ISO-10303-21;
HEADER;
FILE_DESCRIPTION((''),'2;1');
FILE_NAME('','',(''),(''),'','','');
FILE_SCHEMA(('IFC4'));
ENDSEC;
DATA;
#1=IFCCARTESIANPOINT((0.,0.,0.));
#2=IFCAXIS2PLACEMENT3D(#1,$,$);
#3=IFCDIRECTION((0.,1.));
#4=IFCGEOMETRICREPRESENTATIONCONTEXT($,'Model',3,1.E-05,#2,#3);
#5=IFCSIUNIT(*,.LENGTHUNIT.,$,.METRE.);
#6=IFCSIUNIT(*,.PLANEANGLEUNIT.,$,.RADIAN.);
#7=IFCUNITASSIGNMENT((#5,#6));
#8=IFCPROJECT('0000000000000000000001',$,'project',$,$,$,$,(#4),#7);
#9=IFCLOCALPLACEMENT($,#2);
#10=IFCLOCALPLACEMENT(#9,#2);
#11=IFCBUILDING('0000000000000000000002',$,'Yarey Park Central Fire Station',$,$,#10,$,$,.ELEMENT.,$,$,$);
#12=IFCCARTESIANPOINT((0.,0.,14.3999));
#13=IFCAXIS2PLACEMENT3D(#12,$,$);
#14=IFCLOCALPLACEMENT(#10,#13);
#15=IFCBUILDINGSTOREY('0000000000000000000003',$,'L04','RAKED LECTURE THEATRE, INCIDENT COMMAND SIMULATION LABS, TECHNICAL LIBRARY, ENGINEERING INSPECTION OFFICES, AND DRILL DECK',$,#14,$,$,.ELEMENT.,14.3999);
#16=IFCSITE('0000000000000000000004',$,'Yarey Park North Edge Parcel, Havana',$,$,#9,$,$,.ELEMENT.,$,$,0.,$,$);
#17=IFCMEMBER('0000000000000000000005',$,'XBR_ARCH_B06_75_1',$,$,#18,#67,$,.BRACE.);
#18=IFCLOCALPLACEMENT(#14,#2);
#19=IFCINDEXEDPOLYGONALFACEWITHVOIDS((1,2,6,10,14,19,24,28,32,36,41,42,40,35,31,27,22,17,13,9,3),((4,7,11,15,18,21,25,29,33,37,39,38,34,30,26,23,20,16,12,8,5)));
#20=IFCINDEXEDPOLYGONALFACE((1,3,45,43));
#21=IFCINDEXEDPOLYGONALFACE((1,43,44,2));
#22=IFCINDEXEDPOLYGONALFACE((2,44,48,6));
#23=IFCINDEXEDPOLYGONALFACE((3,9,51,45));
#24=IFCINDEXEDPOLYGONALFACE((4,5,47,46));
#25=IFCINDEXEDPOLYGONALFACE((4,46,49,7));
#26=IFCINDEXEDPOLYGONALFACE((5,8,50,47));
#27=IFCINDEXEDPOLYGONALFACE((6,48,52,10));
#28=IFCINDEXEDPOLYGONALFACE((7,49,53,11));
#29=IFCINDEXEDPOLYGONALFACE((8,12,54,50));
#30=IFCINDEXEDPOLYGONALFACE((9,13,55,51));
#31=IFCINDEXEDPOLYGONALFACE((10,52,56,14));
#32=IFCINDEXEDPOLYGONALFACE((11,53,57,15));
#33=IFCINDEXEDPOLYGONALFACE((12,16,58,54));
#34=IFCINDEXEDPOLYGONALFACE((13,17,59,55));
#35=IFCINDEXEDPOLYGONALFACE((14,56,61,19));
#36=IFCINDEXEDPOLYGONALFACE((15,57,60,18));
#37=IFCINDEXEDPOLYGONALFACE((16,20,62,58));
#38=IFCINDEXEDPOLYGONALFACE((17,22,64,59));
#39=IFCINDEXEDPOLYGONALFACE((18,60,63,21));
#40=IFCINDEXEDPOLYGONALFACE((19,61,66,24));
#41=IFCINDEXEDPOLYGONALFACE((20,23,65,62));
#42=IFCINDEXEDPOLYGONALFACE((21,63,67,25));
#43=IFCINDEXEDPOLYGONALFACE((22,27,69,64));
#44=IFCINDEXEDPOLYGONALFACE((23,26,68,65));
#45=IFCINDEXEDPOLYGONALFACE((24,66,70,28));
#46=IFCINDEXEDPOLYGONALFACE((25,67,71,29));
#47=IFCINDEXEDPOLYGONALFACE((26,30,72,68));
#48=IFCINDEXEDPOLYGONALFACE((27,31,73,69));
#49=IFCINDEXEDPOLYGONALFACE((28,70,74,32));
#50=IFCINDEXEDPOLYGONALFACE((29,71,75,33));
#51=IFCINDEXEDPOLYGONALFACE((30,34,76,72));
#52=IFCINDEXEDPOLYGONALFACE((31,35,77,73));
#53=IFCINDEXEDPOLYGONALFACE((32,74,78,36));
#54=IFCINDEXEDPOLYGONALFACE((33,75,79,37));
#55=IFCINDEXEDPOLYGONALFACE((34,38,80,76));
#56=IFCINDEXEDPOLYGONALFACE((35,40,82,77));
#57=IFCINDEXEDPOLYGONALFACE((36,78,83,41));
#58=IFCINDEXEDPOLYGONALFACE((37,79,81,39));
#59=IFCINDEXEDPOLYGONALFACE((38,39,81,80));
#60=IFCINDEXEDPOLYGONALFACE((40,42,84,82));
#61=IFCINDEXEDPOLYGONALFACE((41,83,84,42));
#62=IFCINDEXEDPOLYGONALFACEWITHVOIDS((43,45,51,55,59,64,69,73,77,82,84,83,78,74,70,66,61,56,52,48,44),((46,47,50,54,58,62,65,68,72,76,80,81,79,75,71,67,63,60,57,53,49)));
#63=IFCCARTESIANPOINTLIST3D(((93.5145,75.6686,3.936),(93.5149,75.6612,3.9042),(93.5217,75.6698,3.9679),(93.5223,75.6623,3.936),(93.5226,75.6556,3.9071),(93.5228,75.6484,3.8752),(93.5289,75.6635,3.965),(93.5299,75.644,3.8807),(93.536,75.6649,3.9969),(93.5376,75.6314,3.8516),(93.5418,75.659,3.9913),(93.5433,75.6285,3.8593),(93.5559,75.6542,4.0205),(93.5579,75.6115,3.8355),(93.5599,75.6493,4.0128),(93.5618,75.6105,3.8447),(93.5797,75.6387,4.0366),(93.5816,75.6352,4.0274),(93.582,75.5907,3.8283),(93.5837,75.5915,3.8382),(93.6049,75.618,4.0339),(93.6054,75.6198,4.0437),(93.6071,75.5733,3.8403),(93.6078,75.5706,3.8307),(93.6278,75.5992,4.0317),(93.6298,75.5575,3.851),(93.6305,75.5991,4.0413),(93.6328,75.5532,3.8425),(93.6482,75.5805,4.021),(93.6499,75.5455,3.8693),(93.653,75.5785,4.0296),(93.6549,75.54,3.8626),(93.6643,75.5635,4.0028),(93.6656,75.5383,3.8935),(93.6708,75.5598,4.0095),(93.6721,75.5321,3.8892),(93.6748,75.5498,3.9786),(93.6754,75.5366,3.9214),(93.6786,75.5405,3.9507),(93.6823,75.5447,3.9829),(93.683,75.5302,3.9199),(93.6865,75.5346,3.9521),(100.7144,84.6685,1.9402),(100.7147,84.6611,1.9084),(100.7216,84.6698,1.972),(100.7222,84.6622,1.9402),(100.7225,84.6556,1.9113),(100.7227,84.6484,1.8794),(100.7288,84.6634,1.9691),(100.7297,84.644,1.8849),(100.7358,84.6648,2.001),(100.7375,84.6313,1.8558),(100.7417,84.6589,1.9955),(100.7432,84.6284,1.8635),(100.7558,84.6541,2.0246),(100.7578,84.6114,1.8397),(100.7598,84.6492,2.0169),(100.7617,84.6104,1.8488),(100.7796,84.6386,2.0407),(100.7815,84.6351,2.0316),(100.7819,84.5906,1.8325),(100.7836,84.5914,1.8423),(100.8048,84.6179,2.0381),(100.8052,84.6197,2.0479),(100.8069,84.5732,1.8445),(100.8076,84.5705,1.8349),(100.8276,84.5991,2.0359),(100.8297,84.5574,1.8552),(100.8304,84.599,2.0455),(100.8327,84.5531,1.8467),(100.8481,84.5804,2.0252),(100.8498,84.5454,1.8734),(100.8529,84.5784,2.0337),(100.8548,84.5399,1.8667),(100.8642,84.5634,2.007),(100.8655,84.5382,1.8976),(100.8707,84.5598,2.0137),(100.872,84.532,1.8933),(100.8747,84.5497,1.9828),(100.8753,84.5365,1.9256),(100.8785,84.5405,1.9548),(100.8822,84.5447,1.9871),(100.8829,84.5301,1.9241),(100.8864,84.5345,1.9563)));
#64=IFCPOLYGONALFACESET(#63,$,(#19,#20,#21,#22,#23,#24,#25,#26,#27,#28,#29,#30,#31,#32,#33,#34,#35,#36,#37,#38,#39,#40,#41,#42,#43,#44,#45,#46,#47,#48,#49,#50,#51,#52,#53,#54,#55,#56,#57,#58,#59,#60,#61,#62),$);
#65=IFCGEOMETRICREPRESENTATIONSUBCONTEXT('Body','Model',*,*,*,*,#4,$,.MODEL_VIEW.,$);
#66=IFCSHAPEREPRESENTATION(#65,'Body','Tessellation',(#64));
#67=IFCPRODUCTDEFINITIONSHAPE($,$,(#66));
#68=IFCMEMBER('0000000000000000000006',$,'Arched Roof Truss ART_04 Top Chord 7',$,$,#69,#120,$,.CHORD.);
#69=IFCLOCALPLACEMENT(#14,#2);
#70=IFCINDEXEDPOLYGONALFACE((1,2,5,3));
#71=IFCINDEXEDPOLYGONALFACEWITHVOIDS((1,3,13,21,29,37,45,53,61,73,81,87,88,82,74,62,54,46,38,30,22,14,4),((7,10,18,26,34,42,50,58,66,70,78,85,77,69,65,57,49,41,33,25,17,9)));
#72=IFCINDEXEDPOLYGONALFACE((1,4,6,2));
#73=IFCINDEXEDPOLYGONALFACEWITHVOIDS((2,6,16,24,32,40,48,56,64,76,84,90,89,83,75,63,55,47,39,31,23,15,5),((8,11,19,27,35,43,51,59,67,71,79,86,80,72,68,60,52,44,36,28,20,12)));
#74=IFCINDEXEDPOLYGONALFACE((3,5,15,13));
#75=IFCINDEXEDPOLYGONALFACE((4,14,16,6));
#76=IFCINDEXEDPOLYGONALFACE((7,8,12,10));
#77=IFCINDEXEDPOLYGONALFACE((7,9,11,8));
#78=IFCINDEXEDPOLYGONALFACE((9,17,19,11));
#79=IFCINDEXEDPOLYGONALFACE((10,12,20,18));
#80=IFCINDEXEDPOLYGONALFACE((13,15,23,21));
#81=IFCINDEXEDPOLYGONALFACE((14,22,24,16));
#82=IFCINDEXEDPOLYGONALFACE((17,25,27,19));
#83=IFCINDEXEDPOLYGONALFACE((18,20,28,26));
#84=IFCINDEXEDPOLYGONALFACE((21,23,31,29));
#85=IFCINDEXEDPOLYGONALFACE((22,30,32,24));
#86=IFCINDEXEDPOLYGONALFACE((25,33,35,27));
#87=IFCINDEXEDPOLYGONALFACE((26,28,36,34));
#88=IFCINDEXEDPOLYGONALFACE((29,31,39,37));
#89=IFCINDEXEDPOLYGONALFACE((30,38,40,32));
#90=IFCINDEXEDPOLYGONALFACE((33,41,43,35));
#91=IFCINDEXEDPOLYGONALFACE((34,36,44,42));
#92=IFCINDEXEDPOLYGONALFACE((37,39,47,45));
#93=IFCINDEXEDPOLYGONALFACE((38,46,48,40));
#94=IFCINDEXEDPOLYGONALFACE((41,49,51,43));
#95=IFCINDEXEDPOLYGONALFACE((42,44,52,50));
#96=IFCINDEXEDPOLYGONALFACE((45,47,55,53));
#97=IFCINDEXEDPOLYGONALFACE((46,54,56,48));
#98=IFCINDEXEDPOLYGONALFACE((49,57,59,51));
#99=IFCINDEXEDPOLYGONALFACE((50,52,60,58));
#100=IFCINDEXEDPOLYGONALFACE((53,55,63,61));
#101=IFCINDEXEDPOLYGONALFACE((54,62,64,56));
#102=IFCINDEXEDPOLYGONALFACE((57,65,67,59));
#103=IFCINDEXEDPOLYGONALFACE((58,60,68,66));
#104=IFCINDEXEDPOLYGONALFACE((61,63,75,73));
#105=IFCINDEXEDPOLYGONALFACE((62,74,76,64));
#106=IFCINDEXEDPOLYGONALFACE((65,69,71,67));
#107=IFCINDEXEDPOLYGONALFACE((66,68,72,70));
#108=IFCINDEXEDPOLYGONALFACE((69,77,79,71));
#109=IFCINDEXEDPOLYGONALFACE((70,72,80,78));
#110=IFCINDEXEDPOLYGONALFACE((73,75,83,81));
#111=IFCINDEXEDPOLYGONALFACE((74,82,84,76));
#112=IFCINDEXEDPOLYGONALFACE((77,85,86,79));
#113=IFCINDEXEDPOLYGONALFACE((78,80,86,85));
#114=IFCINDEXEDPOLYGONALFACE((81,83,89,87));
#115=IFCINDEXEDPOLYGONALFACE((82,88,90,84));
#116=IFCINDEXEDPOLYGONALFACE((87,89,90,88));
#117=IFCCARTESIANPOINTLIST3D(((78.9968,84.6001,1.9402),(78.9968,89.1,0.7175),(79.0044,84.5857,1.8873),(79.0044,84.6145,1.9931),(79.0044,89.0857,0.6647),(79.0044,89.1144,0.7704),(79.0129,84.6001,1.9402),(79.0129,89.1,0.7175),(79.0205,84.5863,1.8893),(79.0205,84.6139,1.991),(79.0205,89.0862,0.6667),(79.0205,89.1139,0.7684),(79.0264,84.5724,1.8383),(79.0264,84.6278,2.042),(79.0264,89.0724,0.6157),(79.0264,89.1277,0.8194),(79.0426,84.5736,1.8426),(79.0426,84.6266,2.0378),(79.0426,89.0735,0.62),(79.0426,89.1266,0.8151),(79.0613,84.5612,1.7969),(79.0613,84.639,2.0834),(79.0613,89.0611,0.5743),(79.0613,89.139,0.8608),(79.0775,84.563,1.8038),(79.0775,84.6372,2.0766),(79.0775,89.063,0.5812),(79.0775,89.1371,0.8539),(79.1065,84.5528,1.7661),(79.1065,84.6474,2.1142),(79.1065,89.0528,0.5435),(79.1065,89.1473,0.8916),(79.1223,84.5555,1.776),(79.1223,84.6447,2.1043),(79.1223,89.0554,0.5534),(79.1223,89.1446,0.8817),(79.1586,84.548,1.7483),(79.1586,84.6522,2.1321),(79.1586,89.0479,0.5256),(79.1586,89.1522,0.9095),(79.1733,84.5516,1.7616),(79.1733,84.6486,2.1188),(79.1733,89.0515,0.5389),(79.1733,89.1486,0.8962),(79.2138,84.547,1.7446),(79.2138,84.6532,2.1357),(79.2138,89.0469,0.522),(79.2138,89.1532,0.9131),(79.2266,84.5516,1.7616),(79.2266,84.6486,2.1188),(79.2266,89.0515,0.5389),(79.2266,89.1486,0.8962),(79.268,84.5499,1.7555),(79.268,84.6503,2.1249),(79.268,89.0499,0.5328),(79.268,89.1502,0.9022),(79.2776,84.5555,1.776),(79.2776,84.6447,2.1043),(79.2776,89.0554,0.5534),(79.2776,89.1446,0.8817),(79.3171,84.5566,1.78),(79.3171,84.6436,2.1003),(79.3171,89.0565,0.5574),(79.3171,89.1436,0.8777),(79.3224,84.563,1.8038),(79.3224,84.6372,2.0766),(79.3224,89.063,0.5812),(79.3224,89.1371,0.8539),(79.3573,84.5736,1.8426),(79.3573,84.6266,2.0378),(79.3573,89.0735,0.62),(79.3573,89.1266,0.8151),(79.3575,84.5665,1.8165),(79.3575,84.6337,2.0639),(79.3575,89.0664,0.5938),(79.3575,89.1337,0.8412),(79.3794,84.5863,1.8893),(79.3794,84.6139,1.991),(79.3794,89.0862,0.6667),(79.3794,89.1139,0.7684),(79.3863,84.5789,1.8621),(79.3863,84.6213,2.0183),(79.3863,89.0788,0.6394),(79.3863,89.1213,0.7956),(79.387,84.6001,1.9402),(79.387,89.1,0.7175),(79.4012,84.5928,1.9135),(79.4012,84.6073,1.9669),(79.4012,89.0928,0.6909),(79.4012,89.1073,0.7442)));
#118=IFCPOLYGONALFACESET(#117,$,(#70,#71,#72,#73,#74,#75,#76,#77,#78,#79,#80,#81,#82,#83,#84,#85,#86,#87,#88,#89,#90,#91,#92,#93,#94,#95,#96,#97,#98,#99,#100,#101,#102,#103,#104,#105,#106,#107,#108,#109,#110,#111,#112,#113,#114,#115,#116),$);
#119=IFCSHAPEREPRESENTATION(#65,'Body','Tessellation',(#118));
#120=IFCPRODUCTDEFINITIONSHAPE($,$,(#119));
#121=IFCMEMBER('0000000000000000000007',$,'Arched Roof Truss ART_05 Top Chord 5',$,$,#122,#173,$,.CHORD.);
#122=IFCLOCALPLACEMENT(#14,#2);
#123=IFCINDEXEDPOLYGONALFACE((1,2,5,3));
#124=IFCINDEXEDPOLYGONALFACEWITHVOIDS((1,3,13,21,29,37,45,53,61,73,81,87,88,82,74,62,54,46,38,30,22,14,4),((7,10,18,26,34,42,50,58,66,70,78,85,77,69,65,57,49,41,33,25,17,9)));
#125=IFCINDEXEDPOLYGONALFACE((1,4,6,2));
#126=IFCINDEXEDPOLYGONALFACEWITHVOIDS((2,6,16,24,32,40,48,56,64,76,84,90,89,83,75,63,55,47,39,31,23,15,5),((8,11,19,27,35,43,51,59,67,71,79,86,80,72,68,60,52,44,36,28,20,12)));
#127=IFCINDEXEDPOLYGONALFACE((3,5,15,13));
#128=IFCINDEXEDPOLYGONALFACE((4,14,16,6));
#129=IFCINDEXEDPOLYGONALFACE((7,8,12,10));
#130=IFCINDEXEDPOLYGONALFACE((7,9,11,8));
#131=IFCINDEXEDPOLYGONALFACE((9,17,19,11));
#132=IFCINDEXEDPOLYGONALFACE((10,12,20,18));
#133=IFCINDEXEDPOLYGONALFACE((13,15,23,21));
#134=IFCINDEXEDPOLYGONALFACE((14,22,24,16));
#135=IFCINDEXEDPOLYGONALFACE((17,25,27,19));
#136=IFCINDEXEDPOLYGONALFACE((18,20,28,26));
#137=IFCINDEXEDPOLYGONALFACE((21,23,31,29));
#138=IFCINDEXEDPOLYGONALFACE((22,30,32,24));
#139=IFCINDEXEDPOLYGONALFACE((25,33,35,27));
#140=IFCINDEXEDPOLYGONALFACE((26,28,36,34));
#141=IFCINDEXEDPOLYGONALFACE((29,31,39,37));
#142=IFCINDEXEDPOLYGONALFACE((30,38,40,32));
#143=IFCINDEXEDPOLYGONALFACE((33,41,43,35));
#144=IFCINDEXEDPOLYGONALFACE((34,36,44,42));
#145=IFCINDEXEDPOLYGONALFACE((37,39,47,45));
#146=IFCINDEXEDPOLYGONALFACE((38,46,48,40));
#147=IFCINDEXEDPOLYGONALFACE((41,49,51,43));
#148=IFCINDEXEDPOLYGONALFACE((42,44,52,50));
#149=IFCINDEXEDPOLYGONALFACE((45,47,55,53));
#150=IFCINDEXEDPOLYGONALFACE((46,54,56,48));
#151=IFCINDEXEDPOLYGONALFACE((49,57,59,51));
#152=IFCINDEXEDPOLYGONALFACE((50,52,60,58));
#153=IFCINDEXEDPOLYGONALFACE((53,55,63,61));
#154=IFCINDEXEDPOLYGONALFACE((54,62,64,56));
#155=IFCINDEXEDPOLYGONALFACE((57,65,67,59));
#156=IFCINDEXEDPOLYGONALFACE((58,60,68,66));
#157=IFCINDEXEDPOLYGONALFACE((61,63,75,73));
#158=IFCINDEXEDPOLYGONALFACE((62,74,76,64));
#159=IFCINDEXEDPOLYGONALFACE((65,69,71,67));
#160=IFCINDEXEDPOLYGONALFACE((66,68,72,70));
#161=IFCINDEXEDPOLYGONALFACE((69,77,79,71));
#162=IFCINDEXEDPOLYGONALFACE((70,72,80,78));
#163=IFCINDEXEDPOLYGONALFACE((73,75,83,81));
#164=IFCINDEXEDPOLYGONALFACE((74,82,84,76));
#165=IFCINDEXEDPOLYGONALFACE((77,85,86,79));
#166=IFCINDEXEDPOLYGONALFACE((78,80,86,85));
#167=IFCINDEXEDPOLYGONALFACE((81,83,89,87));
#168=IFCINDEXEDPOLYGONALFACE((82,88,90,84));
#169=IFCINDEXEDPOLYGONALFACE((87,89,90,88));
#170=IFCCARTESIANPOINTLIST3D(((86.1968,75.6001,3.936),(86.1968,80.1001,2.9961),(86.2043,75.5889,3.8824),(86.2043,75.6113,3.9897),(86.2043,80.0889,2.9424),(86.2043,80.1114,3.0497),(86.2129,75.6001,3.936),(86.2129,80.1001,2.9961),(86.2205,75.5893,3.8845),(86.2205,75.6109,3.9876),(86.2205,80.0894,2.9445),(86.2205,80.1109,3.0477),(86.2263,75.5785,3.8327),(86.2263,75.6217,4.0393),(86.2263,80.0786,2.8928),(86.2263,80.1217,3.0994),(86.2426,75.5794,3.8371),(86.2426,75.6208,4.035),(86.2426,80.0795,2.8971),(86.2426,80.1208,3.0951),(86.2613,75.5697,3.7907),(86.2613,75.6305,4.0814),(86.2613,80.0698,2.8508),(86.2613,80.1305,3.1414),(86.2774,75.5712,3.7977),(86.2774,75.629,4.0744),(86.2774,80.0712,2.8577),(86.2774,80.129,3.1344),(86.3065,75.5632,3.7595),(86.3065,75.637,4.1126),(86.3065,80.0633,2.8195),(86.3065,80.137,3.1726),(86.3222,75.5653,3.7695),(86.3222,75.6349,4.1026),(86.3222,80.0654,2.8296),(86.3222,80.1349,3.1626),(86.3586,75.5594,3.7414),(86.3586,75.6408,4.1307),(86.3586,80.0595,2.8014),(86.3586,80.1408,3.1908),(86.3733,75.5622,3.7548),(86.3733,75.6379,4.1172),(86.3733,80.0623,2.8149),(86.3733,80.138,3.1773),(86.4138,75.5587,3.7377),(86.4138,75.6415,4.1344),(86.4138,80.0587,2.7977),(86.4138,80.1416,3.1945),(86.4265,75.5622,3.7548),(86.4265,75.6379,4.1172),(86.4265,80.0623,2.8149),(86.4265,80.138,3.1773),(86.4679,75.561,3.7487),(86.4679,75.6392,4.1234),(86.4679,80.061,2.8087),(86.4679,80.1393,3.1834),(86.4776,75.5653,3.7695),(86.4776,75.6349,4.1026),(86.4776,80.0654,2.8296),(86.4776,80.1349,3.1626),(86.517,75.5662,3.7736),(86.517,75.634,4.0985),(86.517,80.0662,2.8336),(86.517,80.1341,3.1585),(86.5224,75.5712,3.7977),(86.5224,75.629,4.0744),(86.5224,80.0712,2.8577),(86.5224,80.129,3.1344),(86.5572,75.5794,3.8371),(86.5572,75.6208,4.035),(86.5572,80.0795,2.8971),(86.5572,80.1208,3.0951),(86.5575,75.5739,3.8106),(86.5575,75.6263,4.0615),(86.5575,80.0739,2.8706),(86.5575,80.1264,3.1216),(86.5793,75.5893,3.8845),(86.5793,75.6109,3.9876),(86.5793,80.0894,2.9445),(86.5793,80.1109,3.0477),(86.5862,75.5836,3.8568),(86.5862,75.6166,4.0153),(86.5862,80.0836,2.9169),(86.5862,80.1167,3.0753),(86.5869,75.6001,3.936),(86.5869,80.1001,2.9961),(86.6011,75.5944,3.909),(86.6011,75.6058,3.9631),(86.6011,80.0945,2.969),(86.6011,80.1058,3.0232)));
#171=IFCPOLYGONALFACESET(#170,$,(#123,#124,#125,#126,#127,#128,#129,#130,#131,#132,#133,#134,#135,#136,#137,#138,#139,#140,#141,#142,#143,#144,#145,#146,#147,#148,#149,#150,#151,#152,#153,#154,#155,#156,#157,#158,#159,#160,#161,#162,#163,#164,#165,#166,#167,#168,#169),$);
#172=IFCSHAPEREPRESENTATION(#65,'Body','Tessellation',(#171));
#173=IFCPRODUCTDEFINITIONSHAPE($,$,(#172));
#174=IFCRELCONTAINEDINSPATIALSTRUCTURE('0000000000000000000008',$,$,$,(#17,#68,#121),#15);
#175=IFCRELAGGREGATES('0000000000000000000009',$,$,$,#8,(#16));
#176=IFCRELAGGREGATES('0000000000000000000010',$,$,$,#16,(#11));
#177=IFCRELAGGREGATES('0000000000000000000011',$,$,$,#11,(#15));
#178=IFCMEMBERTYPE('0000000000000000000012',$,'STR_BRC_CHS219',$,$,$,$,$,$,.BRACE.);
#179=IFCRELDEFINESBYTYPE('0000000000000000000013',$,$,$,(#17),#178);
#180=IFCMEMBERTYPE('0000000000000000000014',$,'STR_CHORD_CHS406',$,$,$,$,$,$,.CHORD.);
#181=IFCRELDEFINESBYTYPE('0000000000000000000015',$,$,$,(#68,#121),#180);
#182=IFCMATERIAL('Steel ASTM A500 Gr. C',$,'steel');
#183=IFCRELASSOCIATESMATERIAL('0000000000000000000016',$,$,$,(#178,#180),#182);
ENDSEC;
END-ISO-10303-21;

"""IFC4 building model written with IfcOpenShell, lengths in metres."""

from ifc_helpers import new_model, si_unit, direction, frame, origin, origin_2d, place, context, subcontext, project, spatial, hollow_circle, extrude, material, material_profile, profile_set, type_object, element, save


model = new_model("IFC4")

# Units and contexts
model_context = context("Model", 3, precision=1e-05, world=origin(), true_north=direction((0.0, 1.0)))
body_context = subcontext(model_context, "Body", "Model", "MODEL_VIEW")
ifc_project = project(units=[si_unit("LENGTHUNIT", "METRE"), si_unit("PLANEANGLEUNIT", "RADIAN")], contexts=[model_context])

# Site, building, storey
site_placement = place(None, origin())
site = spatial("IfcSite", under=ifc_project, at=site_placement, Name="Yarey Park North Edge Parcel, Havana", CompositionType="ELEMENT", RefElevation=0.0)
building_placement = place(site_placement, origin())
building = spatial("IfcBuilding", under=site, at=building_placement, Name="Yarey Park Central Fire Station", CompositionType="ELEMENT")
storey_placement = place(building_placement, frame((0.0, 0.0, 14.3999)))
storey = spatial("IfcBuildingStorey", under=building, at=storey_placement, Name="L04", Description="RAKED LECTURE THEATRE, INCIDENT COMMAND SIMULATION LABS, TECHNICAL LIBRARY, ENGINEERING INSPECTION OFFICES, AND DRILL DECK", CompositionType="ELEMENT", Elevation=14.3999)

# Members
ifc_material = material(Name="Steel ASTM A500 Gr. C", Category="steel")
ifc_material_profile_1 = material_profile(ifc_material, hollow_circle(Radius=0.1096, WallThickness=0.01, at=origin_2d()), Name="CHS 219.1x10")
ifc_profile_set_1 = profile_set([ifc_material_profile_1], Name="Steel ASTM A500 Gr. C")
member_type_1 = type_object("IfcMemberType", Name="STR_BRC_CHS219", PredefinedType="BRACE", material=ifc_profile_set_1)
member_1_placement = place(storey_placement, frame((93.6001, 75.6001, 3.936), z_axis=(0.615532, 0.76942, -0.170627), x_axis=(-0.780871, 0.624692, 0.0)))
element("IfcMember", 1, at=member_1_placement, inside=storey, type_object=member_type_1, Name="XBR_ARCH_B06_75_1", PredefinedType="BRACE", context=body_context, shape_type="SweptSolid", body=[
    extrude(hollow_circle(Radius=0.1096, WallThickness=0.01, at=origin_2d()), origin(), (0.0, 0.0, 1.0), 11.697),
])
ifc_material_profile_2 = material_profile(ifc_material, hollow_circle(Radius=0.2031, WallThickness=0.0161, at=origin_2d()), Name="CHS 406.4x16")
ifc_profile_set_2 = profile_set([ifc_material_profile_2], Name="Steel ASTM A500 Gr. C")
member_type_2 = type_object("IfcMemberType", Name="STR_CHORD_CHS406", PredefinedType="CHORD", material=ifc_profile_set_2)
member_2_placement = place(storey_placement, frame((79.2, 84.6001, 1.9402), z_axis=(0.0, 0.965015, -0.262196), x_axis=(-1.0, 0.0, 0.0)))
element("IfcMember", 2, at=member_2_placement, inside=storey, type_object=member_type_2, Name="Arched Roof Truss ART_04 Top Chord 7", PredefinedType="CHORD", context=body_context, shape_type="SweptSolid", body=[
    extrude(hollow_circle(Radius=0.2031, WallThickness=0.0161, at=origin_2d()), origin(), (0.0, 0.0, 1.0), 4.6631),
])
member_3_placement = place(storey_placement, frame((86.3999, 75.6001, 3.936), z_axis=(0.0, 0.978874, -0.204463), x_axis=(-1.0, 0.0, 0.0)))
element("IfcMember", 3, at=member_3_placement, inside=storey, type_object=member_type_2, Name="Arched Roof Truss ART_05 Top Chord 5", PredefinedType="CHORD", context=body_context, shape_type="SweptSolid", body=[
    extrude(hollow_circle(Radius=0.2031, WallThickness=0.0161, at=origin_2d()), origin(), (0.0, 0.0, 1.0), 4.5972),
])

save(model, "model.ifc")
